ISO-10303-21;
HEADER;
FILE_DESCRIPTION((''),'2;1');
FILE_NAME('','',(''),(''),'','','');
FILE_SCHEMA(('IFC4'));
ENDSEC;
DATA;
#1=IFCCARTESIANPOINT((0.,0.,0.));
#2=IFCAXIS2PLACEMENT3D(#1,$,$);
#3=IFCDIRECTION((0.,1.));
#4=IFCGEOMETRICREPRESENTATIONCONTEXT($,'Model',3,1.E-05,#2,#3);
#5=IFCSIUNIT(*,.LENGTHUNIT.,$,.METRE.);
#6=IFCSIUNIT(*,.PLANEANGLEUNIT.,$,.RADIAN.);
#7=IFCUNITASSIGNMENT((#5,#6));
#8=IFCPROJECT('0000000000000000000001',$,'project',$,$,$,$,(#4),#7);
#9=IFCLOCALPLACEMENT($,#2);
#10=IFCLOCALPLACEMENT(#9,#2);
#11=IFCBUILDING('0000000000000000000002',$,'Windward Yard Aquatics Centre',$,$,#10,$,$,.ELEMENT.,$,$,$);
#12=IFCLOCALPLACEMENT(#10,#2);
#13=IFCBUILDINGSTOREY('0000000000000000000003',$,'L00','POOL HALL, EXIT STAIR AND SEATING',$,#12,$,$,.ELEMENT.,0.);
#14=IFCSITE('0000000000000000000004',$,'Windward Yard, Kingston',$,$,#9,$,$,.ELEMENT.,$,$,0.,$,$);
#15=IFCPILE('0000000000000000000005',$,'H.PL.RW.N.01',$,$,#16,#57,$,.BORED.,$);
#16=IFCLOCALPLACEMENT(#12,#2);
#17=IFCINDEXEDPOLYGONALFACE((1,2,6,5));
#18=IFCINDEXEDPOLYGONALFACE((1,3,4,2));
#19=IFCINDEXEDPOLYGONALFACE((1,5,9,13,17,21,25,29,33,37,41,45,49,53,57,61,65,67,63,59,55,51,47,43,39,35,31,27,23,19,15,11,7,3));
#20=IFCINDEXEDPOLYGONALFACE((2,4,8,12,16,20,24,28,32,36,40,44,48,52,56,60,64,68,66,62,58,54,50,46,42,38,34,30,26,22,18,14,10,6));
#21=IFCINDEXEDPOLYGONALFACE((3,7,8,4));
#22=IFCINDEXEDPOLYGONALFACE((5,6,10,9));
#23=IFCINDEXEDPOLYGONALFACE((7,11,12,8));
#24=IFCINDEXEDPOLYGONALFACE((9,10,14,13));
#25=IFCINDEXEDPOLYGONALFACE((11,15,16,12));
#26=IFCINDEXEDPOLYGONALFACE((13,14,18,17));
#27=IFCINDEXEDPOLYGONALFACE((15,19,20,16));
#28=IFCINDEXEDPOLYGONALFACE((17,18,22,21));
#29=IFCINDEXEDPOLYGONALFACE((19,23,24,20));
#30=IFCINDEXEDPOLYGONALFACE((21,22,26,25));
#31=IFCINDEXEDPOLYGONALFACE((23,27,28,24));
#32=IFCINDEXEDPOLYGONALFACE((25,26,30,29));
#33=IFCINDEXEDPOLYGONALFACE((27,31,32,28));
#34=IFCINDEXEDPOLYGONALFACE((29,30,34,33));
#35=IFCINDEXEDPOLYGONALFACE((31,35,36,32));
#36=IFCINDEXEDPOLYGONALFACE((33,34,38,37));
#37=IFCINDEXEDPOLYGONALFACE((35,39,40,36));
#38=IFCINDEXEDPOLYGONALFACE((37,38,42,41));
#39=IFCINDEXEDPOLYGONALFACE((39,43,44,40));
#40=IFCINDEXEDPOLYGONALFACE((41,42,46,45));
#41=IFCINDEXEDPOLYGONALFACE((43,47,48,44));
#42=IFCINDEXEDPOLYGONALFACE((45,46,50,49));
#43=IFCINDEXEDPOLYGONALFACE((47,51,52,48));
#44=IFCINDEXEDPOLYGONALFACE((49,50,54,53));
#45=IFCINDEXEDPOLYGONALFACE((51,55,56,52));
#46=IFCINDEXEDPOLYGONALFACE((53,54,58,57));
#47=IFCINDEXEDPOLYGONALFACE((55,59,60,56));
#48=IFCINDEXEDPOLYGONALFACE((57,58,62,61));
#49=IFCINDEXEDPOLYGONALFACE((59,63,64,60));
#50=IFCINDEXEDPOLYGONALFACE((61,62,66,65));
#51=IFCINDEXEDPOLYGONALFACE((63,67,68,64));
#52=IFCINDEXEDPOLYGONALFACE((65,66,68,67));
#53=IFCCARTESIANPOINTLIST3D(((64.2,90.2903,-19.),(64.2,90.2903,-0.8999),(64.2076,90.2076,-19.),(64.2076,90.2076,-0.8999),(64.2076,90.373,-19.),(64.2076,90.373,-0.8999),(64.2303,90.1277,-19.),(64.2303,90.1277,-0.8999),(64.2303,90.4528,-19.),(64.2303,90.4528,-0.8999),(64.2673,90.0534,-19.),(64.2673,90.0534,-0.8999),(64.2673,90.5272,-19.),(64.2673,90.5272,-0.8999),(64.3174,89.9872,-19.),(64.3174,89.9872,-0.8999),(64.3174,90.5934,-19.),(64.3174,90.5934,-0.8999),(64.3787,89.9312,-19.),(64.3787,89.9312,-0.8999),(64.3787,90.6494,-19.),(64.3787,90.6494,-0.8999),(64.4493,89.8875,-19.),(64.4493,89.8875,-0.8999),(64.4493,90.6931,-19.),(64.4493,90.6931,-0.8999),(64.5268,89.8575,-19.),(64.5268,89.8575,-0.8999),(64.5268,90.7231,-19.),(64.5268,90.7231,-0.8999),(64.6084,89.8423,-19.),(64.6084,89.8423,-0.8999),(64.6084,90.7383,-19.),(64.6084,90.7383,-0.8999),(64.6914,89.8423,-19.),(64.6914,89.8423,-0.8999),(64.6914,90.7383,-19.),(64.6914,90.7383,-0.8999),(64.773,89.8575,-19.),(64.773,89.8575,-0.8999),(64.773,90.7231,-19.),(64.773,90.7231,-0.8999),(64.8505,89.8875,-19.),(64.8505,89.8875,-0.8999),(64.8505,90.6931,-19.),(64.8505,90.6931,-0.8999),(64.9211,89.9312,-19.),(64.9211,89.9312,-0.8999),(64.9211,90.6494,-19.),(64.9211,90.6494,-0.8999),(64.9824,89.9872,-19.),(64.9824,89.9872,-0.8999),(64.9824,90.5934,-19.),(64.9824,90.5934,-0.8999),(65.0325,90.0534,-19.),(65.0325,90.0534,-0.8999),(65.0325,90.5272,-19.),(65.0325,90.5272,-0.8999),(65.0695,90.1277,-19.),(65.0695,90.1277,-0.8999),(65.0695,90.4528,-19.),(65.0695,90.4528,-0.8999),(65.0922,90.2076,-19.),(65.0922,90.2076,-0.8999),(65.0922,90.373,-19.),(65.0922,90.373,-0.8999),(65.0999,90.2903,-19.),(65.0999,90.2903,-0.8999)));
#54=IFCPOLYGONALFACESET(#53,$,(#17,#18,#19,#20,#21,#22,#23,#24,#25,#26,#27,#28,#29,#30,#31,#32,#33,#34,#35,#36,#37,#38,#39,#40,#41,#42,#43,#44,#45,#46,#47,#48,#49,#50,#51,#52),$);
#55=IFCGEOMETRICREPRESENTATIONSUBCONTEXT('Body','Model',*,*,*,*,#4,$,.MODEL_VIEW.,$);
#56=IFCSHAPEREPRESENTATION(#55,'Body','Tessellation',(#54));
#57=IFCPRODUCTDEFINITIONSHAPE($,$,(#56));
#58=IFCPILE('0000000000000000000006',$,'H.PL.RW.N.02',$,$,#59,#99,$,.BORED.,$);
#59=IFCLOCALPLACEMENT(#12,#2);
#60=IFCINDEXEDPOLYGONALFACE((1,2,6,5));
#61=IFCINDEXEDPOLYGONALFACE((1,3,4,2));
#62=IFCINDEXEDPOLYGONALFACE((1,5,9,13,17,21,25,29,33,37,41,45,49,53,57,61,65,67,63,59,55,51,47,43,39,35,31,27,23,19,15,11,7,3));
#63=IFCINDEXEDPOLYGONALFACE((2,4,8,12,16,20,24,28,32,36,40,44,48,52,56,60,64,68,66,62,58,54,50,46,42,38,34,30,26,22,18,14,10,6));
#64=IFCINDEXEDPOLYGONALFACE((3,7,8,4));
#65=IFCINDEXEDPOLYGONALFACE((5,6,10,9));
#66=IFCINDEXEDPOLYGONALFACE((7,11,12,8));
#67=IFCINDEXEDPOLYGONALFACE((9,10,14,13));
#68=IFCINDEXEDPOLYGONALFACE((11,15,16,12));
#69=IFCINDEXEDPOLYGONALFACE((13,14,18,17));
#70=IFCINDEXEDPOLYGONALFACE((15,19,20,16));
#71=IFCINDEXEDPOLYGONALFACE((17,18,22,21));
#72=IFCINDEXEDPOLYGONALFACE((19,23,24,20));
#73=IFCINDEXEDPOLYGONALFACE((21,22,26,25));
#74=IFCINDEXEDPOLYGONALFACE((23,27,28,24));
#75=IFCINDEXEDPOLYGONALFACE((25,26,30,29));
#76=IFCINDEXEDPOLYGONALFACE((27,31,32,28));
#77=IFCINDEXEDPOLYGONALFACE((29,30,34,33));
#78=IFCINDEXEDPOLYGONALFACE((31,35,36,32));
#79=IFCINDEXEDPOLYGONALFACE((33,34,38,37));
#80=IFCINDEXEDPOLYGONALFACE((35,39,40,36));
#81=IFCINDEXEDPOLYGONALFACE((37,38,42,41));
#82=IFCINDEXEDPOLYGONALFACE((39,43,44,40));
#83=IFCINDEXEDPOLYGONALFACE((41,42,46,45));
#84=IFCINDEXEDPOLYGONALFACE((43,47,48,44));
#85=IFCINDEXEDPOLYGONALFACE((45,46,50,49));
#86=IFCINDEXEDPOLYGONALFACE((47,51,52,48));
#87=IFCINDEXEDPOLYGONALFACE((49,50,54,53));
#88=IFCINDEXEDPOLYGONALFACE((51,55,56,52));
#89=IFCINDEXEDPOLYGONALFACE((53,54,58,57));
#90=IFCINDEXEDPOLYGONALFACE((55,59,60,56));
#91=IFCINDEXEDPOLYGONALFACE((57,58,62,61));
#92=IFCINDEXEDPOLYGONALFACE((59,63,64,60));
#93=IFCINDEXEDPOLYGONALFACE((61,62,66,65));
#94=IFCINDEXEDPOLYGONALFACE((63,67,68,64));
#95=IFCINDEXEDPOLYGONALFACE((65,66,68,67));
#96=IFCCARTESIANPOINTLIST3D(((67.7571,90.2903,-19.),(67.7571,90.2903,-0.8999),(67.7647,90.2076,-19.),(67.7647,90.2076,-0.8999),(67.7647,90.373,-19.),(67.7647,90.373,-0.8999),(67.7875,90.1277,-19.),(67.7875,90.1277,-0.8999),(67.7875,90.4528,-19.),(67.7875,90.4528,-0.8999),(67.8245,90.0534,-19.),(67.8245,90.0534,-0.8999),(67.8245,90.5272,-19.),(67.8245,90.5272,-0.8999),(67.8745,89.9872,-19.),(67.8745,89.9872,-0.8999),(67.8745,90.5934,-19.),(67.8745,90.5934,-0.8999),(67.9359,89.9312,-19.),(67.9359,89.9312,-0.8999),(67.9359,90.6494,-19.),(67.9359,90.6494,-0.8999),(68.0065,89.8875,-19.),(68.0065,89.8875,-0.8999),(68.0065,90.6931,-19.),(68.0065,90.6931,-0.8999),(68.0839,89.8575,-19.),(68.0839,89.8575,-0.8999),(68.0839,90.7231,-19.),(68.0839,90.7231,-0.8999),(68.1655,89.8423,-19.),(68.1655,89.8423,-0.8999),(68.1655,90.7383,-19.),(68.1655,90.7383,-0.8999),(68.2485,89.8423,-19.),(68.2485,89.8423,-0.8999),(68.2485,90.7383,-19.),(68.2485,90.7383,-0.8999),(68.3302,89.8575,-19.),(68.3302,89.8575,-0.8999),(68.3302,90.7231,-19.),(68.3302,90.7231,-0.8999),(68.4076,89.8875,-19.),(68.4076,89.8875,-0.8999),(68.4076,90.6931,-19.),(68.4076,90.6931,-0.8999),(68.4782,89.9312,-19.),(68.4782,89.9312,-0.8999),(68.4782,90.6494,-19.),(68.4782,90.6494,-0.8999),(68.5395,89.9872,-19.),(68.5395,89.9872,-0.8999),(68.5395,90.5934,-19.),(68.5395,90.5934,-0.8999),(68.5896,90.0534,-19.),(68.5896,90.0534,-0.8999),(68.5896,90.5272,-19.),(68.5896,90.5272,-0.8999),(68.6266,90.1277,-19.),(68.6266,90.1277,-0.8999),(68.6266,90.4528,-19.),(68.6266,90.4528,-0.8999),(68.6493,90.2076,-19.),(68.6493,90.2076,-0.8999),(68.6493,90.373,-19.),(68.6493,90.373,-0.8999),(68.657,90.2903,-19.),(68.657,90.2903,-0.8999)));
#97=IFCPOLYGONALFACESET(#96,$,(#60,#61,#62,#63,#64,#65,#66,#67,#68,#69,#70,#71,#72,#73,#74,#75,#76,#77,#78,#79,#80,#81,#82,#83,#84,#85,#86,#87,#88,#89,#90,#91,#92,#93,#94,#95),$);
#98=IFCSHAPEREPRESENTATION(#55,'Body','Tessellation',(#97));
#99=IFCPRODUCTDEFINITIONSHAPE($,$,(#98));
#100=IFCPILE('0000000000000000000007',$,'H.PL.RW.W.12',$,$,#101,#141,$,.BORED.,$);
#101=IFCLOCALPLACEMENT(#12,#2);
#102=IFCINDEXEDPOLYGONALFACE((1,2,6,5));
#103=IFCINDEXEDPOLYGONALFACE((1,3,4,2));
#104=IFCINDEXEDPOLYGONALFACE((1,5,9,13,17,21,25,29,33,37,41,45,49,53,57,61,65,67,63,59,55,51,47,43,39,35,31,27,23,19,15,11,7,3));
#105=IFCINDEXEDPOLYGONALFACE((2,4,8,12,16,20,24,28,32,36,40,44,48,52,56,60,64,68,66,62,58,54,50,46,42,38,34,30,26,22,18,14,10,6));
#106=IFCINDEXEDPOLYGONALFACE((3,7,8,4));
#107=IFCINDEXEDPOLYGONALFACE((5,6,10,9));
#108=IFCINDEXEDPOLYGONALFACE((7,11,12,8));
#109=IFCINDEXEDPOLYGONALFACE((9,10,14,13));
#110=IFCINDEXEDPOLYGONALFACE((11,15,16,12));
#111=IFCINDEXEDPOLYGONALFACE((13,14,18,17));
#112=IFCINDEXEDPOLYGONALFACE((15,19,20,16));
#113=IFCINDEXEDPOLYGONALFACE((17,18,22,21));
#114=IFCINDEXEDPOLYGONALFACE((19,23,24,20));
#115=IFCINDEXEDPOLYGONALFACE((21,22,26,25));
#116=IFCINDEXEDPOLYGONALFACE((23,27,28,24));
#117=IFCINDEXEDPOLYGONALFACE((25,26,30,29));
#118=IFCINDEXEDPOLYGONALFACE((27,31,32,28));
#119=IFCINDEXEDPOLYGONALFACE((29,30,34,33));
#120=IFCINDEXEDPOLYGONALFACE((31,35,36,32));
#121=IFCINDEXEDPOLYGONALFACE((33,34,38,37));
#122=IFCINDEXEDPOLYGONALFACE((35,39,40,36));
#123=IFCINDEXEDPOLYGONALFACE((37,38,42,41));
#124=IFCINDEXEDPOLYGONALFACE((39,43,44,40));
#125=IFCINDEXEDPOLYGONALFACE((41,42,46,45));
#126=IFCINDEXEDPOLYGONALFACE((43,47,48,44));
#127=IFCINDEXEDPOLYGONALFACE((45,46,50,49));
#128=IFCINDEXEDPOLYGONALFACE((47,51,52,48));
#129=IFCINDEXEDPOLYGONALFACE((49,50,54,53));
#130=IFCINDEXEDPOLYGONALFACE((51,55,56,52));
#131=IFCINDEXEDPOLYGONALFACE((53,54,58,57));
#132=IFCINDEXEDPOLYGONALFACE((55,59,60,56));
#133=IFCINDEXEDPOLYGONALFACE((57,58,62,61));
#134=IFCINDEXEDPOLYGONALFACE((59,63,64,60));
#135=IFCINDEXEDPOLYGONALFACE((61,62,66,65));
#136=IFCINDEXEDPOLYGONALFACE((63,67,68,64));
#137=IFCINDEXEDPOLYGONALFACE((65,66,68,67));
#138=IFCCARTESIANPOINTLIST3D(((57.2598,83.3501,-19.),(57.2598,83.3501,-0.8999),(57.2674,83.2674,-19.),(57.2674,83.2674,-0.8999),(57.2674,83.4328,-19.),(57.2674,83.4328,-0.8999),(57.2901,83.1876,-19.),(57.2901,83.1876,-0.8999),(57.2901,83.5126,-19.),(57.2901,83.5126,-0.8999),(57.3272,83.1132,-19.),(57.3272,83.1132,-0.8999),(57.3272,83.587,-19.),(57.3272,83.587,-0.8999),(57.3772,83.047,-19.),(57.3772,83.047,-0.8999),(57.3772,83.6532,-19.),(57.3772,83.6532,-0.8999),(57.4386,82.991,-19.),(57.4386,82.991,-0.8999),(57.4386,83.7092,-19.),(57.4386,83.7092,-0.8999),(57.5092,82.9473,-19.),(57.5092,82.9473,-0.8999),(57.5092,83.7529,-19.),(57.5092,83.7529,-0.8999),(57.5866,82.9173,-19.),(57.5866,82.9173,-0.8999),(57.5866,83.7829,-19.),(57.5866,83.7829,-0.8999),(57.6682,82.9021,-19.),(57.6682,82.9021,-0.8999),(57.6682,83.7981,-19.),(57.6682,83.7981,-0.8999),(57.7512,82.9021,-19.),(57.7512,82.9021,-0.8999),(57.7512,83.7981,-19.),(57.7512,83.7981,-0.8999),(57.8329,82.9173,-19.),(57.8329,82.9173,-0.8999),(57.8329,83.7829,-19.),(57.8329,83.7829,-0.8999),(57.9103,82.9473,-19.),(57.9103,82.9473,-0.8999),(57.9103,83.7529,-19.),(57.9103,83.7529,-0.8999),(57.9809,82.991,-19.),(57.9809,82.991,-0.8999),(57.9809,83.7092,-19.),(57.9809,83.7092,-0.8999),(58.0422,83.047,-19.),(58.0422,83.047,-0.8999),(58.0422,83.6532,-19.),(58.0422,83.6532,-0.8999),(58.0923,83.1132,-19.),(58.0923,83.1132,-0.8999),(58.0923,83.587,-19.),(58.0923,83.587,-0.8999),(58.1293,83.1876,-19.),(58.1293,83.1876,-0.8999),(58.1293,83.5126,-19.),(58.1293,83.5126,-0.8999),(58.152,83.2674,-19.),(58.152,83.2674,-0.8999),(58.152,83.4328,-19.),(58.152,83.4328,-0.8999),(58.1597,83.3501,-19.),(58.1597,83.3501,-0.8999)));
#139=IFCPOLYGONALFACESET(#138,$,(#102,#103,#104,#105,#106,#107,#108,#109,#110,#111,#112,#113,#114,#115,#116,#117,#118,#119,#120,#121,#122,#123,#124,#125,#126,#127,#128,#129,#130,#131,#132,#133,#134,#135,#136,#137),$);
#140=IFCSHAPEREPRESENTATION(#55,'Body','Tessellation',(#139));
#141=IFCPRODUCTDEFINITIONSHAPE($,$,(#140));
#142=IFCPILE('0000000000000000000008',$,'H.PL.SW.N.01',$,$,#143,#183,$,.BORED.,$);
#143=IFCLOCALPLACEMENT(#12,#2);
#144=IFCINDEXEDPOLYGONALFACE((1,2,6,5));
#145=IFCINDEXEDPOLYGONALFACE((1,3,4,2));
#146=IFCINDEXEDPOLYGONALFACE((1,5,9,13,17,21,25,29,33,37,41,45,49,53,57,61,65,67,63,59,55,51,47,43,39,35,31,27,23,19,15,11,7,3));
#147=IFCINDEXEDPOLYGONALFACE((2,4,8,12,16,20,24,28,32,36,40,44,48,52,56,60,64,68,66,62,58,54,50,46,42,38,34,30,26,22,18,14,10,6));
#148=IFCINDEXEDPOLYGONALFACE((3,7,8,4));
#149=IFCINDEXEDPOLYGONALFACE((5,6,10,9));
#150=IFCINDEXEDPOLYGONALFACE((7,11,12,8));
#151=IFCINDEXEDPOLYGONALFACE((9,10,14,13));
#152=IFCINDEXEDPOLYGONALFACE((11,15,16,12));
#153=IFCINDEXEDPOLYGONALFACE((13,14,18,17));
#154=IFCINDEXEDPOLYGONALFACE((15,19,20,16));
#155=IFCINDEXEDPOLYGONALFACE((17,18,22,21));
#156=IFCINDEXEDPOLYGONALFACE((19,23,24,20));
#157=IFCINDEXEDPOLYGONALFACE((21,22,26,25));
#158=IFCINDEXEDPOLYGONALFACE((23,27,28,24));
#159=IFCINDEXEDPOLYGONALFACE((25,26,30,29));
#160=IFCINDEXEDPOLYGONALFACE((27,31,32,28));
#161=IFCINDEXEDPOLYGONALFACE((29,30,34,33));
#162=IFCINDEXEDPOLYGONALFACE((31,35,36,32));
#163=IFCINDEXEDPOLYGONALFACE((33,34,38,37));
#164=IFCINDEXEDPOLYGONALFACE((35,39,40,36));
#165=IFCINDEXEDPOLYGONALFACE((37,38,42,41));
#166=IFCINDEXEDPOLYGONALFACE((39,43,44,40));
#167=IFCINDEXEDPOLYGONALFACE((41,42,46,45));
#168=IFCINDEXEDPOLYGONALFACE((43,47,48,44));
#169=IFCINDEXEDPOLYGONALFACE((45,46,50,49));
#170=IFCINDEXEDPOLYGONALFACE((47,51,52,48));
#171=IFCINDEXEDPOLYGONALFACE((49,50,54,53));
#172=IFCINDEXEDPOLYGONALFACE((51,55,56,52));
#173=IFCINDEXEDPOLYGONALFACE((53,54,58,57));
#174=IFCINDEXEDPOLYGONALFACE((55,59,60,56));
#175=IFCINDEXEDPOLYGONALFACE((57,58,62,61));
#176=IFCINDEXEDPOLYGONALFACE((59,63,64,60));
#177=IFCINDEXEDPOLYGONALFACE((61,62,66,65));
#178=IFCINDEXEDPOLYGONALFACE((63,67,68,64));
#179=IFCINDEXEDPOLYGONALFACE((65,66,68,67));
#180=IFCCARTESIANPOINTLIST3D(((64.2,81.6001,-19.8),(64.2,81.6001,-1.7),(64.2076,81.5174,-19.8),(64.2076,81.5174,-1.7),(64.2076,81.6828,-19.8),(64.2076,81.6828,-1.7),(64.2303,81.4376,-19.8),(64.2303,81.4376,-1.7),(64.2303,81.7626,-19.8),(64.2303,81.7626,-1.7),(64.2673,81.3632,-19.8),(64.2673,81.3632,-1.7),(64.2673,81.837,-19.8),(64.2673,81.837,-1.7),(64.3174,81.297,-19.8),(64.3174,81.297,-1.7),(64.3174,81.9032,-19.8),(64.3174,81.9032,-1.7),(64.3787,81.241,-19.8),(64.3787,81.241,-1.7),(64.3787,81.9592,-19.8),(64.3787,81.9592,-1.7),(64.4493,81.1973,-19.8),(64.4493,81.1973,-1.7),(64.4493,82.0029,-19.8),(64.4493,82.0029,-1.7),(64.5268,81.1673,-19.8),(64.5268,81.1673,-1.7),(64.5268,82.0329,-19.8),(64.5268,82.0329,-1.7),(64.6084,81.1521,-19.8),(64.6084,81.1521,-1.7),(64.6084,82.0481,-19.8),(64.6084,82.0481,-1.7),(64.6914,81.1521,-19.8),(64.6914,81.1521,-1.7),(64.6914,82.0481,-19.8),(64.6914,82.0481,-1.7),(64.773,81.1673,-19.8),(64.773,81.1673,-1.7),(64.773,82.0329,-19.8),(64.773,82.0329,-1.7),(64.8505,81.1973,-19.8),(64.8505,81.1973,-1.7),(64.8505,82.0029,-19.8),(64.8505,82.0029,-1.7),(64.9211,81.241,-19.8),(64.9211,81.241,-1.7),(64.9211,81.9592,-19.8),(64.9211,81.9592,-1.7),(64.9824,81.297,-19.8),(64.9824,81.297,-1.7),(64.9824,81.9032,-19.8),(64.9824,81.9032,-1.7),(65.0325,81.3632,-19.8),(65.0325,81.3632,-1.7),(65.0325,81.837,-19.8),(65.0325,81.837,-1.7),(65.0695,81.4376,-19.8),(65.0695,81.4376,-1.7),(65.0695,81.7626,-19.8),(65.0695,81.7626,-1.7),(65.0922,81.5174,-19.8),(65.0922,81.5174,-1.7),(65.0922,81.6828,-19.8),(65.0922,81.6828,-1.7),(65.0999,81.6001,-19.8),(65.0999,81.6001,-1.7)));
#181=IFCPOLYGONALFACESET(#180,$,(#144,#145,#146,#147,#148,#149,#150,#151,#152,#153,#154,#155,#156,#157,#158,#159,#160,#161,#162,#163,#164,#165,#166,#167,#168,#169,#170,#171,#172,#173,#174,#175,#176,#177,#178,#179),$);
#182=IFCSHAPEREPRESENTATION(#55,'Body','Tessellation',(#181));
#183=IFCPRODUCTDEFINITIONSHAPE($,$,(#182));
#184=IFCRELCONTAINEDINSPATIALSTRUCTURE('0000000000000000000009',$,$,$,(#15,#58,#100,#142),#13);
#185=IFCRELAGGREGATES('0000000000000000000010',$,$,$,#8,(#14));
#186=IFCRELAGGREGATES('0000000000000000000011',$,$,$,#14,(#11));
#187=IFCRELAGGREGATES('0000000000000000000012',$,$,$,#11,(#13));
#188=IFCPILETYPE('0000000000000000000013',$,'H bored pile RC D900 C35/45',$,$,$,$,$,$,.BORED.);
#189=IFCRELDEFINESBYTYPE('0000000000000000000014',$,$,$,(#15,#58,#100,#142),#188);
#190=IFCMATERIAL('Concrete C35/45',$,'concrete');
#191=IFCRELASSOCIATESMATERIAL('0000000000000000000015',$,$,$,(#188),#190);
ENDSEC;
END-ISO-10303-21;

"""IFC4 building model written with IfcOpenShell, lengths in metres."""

from ifc_helpers import new_model, si_unit, direction, frame, origin, origin_2d, place, context, subcontext, project, spatial, circle, extrude, material, material_profile, profile_set, type_object, element, save


model = new_model("IFC4")

# Units and contexts
model_context = context("Model", 3, precision=1e-05, world=origin(), true_north=direction((0.0, 1.0)))
body_context = subcontext(model_context, "Body", "Model", "MODEL_VIEW")
ifc_project = project(units=[si_unit("LENGTHUNIT", "METRE"), si_unit("PLANEANGLEUNIT", "RADIAN")], contexts=[model_context])

# Site, building, storey
site_placement = place(None, origin())
site = spatial("IfcSite", under=ifc_project, at=site_placement, Name="Windward Yard, Kingston", CompositionType="ELEMENT", RefElevation=0.0)
building_placement = place(site_placement, origin())
building = spatial("IfcBuilding", under=site, at=building_placement, Name="Windward Yard Aquatics Centre", CompositionType="ELEMENT")
storey_placement = place(building_placement, origin())
storey = spatial("IfcBuildingStorey", under=building, at=storey_placement, Name="L00", Description="POOL HALL, EXIT STAIR AND SEATING", CompositionType="ELEMENT", Elevation=0.0)

# Piles
ifc_material_1 = material(Name="Concrete C35/45", Category="concrete")
ifc_material_profile_1 = material_profile(ifc_material_1, circle(Radius=0.45, at=origin_2d()), Name="RC D900")
ifc_profile_set_1 = profile_set([ifc_material_profile_1], Name="Concrete C35/45")
pile_type = type_object("IfcPileType", Name="H bored pile RC D900 C35/45", PredefinedType="BORED", material=ifc_profile_set_1)
for number, where, z_axis, x_axis, name in (
    (1, (64.6499, 90.2903, -0.8999), (0.0, 0.0, -1.0), (1.0, 0.0, 0.0), "H.PL.RW.N.01"),
    (2, (68.207, 90.2903, -0.8999), (0.0, 0.0, -1.0), (1.0, 0.0, 0.0), "H.PL.RW.N.02"),
    (3, (57.7097, 83.3501, -0.8999), (0.0, 0.0, -1.0), (1.0, 0.0, 0.0), "H.PL.RW.W.12"),
    (4, (64.6499, 81.6001, -1.7), (0.0, 0.0, -1.0), (1.0, 0.0, 0.0), "H.PL.SW.N.01"),
):
    element("IfcPile", number, at=place(storey_placement, frame(where, z_axis=z_axis, x_axis=x_axis)), inside=storey, type_object=pile_type, Name=name, PredefinedType="BORED", context=body_context, shape_type="SweptSolid", body=[
        extrude(circle(Radius=0.45, at=origin_2d()), origin(), (0.0, 0.0, 1.0), 18.1001),
    ])

save(model, "model.ifc")
